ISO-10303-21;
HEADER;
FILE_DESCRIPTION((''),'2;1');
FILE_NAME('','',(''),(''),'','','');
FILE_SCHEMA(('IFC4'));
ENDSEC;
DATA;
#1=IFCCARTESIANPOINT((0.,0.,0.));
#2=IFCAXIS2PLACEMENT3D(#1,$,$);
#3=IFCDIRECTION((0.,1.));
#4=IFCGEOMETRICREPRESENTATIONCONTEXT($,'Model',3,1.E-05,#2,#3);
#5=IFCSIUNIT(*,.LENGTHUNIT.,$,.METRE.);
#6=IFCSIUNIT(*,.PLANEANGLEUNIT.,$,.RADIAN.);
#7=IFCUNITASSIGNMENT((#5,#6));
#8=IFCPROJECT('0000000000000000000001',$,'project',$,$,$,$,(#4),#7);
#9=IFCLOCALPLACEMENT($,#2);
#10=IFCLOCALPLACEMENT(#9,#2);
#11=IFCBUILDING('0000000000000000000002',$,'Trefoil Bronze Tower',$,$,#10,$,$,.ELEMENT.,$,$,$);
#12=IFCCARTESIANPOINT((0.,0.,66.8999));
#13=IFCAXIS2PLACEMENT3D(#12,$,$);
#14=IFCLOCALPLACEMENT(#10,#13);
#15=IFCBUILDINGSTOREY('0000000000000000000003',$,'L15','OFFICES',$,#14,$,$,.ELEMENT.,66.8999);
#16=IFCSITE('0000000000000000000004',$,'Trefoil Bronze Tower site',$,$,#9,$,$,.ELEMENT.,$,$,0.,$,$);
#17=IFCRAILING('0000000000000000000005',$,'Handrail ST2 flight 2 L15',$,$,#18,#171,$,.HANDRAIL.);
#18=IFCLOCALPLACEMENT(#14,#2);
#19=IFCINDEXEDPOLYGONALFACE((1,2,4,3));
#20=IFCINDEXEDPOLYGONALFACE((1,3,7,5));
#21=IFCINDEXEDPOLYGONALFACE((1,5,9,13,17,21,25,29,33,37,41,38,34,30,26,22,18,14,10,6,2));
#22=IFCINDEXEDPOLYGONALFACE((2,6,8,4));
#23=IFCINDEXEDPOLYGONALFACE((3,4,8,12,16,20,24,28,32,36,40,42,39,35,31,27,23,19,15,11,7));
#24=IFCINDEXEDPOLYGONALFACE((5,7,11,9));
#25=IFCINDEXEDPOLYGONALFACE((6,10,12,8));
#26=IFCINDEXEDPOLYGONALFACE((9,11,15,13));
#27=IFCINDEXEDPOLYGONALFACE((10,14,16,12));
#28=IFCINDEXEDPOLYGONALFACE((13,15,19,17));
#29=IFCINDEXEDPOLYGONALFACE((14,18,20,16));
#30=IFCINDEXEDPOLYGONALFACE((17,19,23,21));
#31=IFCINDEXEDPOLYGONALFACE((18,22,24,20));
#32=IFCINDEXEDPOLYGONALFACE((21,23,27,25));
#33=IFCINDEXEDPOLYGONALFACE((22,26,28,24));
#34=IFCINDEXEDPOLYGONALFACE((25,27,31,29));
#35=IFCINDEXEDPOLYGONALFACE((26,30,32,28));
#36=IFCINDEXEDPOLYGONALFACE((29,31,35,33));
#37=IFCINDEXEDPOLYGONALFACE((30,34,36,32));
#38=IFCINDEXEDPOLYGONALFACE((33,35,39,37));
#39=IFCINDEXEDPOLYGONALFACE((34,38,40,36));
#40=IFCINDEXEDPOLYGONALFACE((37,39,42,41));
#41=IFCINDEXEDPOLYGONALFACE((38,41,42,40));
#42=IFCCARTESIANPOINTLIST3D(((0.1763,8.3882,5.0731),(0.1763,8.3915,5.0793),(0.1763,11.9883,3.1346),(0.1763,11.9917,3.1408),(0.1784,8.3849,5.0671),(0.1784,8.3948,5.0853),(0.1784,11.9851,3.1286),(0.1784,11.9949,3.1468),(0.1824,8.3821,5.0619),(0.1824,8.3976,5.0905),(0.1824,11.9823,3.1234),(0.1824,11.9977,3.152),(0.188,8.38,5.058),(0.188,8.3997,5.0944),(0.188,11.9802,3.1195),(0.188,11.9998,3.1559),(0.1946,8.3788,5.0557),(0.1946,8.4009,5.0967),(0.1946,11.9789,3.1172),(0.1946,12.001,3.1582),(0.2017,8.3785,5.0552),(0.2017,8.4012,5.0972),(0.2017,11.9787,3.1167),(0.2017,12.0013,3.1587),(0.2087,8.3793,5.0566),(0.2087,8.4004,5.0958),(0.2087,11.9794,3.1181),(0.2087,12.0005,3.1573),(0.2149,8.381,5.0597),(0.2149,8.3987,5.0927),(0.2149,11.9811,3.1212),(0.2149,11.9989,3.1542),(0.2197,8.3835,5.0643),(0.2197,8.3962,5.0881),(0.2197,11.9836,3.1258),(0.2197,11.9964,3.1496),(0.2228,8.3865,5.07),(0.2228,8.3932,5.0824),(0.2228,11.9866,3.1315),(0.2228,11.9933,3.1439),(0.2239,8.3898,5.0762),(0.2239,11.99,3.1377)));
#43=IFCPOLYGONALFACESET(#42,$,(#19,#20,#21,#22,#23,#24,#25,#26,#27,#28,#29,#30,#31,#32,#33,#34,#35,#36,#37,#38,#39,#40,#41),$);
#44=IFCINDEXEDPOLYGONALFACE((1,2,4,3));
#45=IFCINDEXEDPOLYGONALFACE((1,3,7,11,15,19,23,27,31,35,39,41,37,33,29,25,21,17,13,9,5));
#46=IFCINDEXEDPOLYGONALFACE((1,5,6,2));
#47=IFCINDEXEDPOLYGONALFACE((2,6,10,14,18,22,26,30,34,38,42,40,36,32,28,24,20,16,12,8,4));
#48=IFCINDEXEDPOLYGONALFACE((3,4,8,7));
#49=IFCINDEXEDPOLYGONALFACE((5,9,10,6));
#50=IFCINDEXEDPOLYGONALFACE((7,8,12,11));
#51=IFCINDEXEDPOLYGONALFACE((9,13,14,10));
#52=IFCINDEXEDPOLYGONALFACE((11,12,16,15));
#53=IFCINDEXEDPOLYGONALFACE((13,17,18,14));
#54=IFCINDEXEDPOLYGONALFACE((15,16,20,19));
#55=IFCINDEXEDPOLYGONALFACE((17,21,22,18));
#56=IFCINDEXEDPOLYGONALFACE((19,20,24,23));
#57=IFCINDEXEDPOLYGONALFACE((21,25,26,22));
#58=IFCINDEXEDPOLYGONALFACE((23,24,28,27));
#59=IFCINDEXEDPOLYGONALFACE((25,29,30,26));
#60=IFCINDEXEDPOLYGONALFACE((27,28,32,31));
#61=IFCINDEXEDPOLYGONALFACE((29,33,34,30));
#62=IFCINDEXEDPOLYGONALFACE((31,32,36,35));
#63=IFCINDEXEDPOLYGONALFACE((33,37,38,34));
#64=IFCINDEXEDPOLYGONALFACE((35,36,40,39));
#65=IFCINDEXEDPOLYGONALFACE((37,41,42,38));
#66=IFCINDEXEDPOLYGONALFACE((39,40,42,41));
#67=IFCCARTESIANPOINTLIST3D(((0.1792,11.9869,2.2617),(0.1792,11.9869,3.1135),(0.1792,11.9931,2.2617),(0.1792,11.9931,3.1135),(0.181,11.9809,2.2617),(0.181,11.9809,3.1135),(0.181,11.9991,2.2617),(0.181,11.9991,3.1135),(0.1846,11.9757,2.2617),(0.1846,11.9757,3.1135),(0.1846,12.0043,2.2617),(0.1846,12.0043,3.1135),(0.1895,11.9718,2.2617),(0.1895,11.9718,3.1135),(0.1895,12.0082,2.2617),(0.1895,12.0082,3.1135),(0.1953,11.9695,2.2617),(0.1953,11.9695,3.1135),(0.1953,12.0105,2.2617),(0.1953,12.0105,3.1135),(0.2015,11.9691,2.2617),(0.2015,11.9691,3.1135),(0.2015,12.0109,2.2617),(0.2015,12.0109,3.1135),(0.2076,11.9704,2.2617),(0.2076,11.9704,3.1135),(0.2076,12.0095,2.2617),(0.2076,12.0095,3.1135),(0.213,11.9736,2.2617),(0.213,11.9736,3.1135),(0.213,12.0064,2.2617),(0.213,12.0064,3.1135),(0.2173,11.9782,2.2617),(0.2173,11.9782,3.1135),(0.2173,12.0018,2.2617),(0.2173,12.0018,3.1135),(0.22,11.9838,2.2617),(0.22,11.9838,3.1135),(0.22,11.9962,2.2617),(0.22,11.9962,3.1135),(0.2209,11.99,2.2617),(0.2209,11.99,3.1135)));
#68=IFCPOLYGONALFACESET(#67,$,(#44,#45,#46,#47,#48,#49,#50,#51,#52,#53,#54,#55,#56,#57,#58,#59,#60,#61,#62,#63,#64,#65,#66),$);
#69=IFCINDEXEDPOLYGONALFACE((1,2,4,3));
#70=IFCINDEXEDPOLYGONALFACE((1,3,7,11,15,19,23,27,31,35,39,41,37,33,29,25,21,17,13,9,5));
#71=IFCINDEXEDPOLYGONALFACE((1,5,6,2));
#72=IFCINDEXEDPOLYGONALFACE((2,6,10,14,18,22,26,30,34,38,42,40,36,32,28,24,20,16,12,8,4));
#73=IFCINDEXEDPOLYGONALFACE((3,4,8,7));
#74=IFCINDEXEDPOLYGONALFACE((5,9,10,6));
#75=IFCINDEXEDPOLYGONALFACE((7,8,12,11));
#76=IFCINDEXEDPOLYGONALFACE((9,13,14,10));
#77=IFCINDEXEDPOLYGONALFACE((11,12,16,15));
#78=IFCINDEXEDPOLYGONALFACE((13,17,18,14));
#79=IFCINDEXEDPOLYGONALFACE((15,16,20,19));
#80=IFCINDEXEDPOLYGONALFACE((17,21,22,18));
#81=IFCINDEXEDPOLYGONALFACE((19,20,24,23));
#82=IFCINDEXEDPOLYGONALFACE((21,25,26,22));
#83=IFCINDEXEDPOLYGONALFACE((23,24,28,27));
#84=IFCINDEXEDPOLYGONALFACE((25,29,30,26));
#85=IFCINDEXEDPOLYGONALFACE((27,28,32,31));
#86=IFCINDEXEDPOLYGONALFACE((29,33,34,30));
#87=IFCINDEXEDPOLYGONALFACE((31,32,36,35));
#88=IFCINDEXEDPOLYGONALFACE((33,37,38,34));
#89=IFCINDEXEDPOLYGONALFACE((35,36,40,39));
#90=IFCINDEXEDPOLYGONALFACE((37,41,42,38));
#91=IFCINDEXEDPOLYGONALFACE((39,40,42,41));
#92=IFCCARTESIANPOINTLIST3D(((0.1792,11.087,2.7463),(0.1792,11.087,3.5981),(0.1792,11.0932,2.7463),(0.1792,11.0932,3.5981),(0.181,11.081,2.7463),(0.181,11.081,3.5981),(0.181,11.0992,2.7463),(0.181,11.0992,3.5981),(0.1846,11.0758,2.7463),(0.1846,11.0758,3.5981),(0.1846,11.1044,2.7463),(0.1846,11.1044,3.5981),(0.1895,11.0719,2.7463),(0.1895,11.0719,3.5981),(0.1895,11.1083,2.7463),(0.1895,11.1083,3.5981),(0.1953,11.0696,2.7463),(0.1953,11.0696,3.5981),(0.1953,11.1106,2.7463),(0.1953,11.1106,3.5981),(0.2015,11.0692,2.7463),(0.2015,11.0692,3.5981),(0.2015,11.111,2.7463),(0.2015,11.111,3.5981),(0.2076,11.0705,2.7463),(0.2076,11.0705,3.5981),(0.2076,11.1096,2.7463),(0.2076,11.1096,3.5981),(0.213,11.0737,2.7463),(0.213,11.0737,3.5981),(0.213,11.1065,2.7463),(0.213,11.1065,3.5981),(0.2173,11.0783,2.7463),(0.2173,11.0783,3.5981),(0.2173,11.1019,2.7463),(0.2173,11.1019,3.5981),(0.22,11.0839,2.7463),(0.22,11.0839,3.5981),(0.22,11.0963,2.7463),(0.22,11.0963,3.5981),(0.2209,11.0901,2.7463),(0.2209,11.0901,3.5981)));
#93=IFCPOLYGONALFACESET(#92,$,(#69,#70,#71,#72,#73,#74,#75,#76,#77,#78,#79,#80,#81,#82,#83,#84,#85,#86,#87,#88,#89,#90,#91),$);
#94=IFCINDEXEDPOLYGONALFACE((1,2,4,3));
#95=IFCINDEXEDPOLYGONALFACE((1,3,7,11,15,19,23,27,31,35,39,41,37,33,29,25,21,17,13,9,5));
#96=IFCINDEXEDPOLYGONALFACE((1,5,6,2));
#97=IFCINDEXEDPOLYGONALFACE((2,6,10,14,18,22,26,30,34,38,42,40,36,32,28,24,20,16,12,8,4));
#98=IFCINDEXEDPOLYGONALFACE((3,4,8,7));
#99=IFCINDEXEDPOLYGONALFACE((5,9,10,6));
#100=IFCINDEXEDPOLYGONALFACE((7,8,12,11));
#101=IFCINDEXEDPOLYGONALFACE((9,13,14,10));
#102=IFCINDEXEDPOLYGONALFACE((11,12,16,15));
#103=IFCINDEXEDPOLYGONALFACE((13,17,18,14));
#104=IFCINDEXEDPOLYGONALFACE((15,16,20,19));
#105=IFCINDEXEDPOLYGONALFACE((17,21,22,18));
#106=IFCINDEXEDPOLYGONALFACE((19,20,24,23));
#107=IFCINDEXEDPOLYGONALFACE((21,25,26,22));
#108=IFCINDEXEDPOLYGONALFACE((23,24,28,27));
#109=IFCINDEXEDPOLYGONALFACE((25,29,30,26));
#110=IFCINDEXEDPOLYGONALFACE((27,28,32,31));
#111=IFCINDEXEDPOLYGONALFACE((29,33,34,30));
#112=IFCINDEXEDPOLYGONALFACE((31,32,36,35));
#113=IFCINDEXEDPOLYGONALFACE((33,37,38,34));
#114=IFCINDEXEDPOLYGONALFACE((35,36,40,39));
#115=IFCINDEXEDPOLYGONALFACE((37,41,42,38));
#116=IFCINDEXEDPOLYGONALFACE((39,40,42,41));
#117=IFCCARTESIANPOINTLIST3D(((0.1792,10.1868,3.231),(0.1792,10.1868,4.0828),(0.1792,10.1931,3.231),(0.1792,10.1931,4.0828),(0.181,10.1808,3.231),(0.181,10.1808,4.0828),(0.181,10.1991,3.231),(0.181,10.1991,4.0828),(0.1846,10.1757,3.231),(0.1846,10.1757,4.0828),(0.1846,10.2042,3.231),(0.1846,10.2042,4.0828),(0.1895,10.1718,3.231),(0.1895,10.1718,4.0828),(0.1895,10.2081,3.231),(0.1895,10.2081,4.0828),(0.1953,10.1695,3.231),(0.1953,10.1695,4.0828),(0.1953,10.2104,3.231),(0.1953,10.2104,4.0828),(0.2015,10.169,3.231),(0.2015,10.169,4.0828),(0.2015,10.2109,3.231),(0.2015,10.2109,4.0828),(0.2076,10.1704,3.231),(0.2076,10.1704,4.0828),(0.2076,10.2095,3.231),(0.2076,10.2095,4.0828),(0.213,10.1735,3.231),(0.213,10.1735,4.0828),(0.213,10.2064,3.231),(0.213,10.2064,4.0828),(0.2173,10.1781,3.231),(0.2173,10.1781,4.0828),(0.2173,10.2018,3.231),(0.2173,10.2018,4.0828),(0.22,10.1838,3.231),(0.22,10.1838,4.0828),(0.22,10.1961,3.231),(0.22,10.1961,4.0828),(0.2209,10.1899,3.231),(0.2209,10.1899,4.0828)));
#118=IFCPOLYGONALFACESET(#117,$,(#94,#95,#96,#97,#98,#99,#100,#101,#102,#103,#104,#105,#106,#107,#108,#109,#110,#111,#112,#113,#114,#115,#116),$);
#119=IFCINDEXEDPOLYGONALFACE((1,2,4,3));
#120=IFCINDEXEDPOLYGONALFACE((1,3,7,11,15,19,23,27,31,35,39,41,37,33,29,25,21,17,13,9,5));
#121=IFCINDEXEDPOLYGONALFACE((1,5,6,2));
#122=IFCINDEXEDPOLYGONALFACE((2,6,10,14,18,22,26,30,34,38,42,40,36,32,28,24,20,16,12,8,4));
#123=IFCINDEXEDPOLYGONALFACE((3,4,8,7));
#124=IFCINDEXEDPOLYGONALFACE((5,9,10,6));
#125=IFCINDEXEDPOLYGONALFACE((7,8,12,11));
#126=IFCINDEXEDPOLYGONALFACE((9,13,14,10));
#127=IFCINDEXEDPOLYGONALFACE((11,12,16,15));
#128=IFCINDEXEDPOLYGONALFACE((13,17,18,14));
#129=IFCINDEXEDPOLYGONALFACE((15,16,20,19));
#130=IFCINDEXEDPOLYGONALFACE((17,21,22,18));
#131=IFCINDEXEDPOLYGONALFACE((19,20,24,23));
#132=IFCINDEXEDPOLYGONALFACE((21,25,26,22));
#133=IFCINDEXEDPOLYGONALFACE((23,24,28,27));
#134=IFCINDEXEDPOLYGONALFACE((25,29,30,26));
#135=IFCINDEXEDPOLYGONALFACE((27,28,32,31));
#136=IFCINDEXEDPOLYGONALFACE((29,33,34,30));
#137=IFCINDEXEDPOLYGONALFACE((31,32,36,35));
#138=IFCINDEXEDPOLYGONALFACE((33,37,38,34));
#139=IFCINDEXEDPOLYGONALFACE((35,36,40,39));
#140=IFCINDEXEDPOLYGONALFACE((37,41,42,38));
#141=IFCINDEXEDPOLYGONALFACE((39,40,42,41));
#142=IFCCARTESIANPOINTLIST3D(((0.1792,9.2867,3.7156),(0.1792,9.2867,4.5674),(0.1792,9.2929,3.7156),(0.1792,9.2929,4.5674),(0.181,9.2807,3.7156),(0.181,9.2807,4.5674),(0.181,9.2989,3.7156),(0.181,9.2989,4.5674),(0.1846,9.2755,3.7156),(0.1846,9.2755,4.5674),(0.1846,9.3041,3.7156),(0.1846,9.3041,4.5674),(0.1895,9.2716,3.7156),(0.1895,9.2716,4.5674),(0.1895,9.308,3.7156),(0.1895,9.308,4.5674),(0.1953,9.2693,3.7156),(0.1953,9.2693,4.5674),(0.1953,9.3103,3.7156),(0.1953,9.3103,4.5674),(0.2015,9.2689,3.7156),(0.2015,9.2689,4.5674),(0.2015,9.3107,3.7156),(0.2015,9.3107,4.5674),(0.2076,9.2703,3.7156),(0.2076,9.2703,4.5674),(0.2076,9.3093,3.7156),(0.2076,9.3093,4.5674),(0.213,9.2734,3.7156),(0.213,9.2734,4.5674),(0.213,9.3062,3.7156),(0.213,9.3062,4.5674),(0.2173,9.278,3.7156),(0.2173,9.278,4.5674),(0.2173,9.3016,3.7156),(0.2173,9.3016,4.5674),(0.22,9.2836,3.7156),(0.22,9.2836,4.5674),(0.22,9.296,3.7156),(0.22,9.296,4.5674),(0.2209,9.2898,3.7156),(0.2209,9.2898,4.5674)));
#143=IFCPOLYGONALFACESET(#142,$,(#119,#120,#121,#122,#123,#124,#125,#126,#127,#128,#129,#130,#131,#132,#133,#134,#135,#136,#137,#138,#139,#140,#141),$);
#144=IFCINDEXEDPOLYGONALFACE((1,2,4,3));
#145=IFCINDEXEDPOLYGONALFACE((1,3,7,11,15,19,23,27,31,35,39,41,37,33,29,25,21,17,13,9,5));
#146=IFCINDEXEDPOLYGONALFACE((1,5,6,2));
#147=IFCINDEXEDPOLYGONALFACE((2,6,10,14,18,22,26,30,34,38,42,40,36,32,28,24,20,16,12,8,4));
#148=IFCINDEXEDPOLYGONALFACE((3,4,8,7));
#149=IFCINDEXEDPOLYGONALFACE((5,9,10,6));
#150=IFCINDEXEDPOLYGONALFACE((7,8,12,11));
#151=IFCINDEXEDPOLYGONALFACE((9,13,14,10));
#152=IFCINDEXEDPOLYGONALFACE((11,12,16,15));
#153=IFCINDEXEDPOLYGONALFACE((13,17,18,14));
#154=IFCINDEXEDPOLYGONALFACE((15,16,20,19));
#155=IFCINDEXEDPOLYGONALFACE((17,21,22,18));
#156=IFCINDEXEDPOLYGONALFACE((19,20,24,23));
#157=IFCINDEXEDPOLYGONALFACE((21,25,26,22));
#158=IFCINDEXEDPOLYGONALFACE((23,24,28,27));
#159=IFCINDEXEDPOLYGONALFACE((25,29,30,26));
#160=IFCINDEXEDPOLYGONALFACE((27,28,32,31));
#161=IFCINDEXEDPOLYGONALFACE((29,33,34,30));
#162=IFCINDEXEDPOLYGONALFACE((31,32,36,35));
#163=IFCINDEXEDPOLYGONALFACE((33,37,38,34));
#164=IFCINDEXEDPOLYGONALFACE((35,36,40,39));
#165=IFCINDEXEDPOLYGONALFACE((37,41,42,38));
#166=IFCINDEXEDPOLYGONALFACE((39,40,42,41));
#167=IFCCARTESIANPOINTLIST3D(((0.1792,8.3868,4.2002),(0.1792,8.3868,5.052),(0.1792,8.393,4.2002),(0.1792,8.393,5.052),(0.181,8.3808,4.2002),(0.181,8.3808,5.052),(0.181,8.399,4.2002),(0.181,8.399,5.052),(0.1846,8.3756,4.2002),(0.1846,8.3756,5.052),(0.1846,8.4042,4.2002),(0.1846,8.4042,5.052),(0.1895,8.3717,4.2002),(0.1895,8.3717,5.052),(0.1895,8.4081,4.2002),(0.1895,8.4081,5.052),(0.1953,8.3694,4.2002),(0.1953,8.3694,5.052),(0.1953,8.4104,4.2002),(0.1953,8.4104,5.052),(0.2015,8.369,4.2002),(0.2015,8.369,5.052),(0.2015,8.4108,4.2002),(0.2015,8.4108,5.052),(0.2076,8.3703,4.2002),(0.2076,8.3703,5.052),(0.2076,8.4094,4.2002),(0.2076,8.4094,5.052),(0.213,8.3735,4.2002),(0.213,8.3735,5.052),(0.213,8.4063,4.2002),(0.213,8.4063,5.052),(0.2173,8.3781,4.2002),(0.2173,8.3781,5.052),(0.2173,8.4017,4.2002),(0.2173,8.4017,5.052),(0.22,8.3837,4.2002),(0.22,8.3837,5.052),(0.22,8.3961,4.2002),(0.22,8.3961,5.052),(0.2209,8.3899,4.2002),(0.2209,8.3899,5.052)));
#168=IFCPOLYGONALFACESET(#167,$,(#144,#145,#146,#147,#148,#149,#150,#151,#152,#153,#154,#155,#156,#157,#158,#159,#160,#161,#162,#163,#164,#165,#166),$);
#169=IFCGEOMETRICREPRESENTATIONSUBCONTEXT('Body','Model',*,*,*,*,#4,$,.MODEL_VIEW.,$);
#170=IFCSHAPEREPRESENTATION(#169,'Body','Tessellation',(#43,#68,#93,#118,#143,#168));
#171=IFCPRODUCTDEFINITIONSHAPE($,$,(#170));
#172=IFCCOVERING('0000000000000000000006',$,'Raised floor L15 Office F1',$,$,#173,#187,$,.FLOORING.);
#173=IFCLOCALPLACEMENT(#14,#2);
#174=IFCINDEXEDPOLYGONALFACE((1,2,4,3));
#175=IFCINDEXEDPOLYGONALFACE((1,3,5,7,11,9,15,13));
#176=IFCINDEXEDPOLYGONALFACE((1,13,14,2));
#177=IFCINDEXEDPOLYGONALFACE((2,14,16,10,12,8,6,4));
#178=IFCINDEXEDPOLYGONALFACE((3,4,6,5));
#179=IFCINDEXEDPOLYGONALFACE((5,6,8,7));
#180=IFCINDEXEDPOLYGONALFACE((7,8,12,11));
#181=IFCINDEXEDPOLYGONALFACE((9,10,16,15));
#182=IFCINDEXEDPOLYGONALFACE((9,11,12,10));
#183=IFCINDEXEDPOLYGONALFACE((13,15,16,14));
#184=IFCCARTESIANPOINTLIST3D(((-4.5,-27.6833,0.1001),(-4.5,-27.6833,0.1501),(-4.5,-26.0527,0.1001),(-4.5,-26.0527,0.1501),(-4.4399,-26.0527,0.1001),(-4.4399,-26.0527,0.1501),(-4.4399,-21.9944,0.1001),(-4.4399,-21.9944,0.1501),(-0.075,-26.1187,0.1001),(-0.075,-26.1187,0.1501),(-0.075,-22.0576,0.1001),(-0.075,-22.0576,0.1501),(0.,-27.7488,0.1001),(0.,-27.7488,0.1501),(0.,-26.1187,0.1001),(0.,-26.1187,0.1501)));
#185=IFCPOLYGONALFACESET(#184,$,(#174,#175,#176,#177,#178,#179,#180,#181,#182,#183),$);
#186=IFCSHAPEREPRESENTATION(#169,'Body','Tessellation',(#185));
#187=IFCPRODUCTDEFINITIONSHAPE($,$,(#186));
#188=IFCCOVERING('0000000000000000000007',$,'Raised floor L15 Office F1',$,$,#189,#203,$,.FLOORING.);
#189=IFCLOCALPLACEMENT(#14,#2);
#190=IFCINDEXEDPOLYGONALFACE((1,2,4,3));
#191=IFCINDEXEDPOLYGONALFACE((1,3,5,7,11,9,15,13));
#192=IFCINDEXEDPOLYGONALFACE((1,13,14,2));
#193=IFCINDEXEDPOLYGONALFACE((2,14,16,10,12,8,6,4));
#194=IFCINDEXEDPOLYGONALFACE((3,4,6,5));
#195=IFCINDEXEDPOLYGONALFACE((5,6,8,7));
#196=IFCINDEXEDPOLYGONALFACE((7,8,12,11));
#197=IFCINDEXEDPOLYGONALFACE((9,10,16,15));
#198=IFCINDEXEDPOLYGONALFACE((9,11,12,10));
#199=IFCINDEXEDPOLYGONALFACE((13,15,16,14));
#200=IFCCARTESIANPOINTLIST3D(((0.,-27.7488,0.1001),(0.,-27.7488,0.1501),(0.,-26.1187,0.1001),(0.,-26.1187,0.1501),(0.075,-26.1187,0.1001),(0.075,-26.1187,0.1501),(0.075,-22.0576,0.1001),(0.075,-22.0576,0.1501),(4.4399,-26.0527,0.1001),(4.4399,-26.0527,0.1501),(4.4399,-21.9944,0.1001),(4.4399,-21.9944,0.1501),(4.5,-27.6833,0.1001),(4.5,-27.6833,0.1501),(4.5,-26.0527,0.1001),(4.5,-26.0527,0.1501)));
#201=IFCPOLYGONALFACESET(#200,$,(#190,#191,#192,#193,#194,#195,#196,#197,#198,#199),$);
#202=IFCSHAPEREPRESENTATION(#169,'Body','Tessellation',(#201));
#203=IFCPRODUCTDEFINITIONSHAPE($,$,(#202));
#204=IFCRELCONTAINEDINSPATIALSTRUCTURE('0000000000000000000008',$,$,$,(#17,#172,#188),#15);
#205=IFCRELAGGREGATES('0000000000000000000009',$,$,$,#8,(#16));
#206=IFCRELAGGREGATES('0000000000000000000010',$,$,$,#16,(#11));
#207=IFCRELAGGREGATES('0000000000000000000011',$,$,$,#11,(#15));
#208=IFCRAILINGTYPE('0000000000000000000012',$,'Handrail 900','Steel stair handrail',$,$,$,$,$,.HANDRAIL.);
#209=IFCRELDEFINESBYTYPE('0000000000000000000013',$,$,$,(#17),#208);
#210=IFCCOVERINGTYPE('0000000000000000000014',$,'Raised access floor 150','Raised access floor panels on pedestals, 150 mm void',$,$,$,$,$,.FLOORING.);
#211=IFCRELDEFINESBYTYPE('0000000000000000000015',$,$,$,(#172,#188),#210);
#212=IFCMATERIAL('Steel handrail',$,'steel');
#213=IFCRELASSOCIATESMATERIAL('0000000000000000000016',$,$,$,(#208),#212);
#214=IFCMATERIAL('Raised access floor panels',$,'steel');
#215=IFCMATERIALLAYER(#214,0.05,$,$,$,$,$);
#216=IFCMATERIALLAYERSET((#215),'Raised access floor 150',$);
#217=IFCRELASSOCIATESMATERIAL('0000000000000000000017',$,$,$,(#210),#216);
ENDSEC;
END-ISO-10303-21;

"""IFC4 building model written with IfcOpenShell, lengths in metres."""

from ifc_helpers import new_model, si_unit, direction, frame, origin, origin_2d, place, context, subcontext, project, spatial, polyline, circle, outline, extrude, material, layer, layer_set, type_object, element, save


model = new_model("IFC4")

# Units and contexts
model_context = context("Model", 3, precision=1e-05, world=origin(), true_north=direction((0.0, 1.0)))
body_context = subcontext(model_context, "Body", "Model", "MODEL_VIEW")
ifc_project = project(units=[si_unit("LENGTHUNIT", "METRE"), si_unit("PLANEANGLEUNIT", "RADIAN")], contexts=[model_context])

# Site, building, storey
site_placement = place(None, origin())
site = spatial("IfcSite", under=ifc_project, at=site_placement, Name="Trefoil Bronze Tower site", CompositionType="ELEMENT", RefElevation=0.0)
building_placement = place(site_placement, origin())
building = spatial("IfcBuilding", under=site, at=building_placement, Name="Trefoil Bronze Tower", CompositionType="ELEMENT")
storey_placement = place(building_placement, frame((0.0, 0.0, 66.8999)))
storey = spatial("IfcBuildingStorey", under=building, at=storey_placement, Name="L15", Description="OFFICES", CompositionType="ELEMENT", Elevation=66.8999)

# Railing
ifc_material_1 = material(Name="Steel handrail", Category="steel")
railing_type = type_object("IfcRailingType", Name="Handrail 900", Description="Steel stair handrail", PredefinedType="HANDRAIL", material=ifc_material_1)
railing_placement = place(storey_placement, frame((0.2, 11.99, 2.2617)))
element("IfcRailing", 1, at=railing_placement, inside=storey, type_object=railing_type, Name="Handrail ST2 flight 2 L15", PredefinedType="HANDRAIL", context=body_context, shape_type="SweptSolid", body=[
    extrude(circle(Radius=0.0239, at=origin_2d()), frame((0.0, 0.0, 0.876), z_axis=(0.0, -0.880475, 0.474093), x_axis=(1.0, 0.0, 0.0)), (0.0, 0.0, 1.0), 4.0889),
    extrude(circle(Radius=0.021, at=origin_2d()), origin(), (0.0, 0.0, 1.0), 0.8518),
    extrude(circle(Radius=0.021, at=origin_2d()), frame((0.0, -0.8999, 0.4846)), (0.0, 0.0, 1.0), 0.8518),
    extrude(circle(Radius=0.021, at=origin_2d()), frame((0.0, -1.8, 0.9692)), (0.0, 0.0, 1.0), 0.8518),
    extrude(circle(Radius=0.021, at=origin_2d()), frame((0.0, -2.7002, 1.4539)), (0.0, 0.0, 1.0), 0.8518),
    extrude(circle(Radius=0.021, at=origin_2d()), frame((0.0, -3.6001, 1.9385)), (0.0, 0.0, 1.0), 0.8518),
])

# Coverings
ifc_material_2 = material(Name="Raised access floor panels", Category="steel")
ifc_layer_1 = layer(ifc_material_2, 0.05)
ifc_layer_set_1 = layer_set([ifc_layer_1], Name="Raised access floor 150")
covering_type_1 = type_object("IfcCoveringType", Name="Raised access floor 150", Description="Raised access floor panels on pedestals, 150 mm void", PredefinedType="FLOORING", material=ifc_layer_set_1)
covering_1_placement = place(storey_placement, frame((0.0, 0.0, 0.1001)))
element("IfcCovering", 2, at=covering_1_placement, inside=storey, type_object=covering_type_1, Name="Raised floor L15 Office F1", PredefinedType="FLOORING", context=body_context, shape_type="SweptSolid", body=[
    extrude(outline(polyline([(0.0, -27.7488), (-4.5, -27.6833), (-4.5, -26.0527), (-4.4399, -26.0527), (-4.4399, -21.9944), (-0.075, -22.0576), (-0.075, -26.1187), (0.0, -26.1187), (0.0, -27.7488)])), origin(), (0.0, 0.0, 1.0), 0.05),
])
covering_2_placement = place(storey_placement, frame((0.0, 0.0, 0.1001)))
element("IfcCovering", 3, at=covering_2_placement, inside=storey, type_object=covering_type_1, Name="Raised floor L15 Office F1", PredefinedType="FLOORING", context=body_context, shape_type="SweptSolid", body=[
    extrude(outline(polyline([(4.5, -27.6833), (0.0, -27.7488), (0.0, -26.1187), (0.075, -26.1187), (0.075, -22.0576), (4.4399, -21.9944), (4.4399, -26.0527), (4.5, -26.0527), (4.5, -27.6833)])), origin(), (0.0, 0.0, 1.0), 0.05),
])

save(model, "model.ifc")
